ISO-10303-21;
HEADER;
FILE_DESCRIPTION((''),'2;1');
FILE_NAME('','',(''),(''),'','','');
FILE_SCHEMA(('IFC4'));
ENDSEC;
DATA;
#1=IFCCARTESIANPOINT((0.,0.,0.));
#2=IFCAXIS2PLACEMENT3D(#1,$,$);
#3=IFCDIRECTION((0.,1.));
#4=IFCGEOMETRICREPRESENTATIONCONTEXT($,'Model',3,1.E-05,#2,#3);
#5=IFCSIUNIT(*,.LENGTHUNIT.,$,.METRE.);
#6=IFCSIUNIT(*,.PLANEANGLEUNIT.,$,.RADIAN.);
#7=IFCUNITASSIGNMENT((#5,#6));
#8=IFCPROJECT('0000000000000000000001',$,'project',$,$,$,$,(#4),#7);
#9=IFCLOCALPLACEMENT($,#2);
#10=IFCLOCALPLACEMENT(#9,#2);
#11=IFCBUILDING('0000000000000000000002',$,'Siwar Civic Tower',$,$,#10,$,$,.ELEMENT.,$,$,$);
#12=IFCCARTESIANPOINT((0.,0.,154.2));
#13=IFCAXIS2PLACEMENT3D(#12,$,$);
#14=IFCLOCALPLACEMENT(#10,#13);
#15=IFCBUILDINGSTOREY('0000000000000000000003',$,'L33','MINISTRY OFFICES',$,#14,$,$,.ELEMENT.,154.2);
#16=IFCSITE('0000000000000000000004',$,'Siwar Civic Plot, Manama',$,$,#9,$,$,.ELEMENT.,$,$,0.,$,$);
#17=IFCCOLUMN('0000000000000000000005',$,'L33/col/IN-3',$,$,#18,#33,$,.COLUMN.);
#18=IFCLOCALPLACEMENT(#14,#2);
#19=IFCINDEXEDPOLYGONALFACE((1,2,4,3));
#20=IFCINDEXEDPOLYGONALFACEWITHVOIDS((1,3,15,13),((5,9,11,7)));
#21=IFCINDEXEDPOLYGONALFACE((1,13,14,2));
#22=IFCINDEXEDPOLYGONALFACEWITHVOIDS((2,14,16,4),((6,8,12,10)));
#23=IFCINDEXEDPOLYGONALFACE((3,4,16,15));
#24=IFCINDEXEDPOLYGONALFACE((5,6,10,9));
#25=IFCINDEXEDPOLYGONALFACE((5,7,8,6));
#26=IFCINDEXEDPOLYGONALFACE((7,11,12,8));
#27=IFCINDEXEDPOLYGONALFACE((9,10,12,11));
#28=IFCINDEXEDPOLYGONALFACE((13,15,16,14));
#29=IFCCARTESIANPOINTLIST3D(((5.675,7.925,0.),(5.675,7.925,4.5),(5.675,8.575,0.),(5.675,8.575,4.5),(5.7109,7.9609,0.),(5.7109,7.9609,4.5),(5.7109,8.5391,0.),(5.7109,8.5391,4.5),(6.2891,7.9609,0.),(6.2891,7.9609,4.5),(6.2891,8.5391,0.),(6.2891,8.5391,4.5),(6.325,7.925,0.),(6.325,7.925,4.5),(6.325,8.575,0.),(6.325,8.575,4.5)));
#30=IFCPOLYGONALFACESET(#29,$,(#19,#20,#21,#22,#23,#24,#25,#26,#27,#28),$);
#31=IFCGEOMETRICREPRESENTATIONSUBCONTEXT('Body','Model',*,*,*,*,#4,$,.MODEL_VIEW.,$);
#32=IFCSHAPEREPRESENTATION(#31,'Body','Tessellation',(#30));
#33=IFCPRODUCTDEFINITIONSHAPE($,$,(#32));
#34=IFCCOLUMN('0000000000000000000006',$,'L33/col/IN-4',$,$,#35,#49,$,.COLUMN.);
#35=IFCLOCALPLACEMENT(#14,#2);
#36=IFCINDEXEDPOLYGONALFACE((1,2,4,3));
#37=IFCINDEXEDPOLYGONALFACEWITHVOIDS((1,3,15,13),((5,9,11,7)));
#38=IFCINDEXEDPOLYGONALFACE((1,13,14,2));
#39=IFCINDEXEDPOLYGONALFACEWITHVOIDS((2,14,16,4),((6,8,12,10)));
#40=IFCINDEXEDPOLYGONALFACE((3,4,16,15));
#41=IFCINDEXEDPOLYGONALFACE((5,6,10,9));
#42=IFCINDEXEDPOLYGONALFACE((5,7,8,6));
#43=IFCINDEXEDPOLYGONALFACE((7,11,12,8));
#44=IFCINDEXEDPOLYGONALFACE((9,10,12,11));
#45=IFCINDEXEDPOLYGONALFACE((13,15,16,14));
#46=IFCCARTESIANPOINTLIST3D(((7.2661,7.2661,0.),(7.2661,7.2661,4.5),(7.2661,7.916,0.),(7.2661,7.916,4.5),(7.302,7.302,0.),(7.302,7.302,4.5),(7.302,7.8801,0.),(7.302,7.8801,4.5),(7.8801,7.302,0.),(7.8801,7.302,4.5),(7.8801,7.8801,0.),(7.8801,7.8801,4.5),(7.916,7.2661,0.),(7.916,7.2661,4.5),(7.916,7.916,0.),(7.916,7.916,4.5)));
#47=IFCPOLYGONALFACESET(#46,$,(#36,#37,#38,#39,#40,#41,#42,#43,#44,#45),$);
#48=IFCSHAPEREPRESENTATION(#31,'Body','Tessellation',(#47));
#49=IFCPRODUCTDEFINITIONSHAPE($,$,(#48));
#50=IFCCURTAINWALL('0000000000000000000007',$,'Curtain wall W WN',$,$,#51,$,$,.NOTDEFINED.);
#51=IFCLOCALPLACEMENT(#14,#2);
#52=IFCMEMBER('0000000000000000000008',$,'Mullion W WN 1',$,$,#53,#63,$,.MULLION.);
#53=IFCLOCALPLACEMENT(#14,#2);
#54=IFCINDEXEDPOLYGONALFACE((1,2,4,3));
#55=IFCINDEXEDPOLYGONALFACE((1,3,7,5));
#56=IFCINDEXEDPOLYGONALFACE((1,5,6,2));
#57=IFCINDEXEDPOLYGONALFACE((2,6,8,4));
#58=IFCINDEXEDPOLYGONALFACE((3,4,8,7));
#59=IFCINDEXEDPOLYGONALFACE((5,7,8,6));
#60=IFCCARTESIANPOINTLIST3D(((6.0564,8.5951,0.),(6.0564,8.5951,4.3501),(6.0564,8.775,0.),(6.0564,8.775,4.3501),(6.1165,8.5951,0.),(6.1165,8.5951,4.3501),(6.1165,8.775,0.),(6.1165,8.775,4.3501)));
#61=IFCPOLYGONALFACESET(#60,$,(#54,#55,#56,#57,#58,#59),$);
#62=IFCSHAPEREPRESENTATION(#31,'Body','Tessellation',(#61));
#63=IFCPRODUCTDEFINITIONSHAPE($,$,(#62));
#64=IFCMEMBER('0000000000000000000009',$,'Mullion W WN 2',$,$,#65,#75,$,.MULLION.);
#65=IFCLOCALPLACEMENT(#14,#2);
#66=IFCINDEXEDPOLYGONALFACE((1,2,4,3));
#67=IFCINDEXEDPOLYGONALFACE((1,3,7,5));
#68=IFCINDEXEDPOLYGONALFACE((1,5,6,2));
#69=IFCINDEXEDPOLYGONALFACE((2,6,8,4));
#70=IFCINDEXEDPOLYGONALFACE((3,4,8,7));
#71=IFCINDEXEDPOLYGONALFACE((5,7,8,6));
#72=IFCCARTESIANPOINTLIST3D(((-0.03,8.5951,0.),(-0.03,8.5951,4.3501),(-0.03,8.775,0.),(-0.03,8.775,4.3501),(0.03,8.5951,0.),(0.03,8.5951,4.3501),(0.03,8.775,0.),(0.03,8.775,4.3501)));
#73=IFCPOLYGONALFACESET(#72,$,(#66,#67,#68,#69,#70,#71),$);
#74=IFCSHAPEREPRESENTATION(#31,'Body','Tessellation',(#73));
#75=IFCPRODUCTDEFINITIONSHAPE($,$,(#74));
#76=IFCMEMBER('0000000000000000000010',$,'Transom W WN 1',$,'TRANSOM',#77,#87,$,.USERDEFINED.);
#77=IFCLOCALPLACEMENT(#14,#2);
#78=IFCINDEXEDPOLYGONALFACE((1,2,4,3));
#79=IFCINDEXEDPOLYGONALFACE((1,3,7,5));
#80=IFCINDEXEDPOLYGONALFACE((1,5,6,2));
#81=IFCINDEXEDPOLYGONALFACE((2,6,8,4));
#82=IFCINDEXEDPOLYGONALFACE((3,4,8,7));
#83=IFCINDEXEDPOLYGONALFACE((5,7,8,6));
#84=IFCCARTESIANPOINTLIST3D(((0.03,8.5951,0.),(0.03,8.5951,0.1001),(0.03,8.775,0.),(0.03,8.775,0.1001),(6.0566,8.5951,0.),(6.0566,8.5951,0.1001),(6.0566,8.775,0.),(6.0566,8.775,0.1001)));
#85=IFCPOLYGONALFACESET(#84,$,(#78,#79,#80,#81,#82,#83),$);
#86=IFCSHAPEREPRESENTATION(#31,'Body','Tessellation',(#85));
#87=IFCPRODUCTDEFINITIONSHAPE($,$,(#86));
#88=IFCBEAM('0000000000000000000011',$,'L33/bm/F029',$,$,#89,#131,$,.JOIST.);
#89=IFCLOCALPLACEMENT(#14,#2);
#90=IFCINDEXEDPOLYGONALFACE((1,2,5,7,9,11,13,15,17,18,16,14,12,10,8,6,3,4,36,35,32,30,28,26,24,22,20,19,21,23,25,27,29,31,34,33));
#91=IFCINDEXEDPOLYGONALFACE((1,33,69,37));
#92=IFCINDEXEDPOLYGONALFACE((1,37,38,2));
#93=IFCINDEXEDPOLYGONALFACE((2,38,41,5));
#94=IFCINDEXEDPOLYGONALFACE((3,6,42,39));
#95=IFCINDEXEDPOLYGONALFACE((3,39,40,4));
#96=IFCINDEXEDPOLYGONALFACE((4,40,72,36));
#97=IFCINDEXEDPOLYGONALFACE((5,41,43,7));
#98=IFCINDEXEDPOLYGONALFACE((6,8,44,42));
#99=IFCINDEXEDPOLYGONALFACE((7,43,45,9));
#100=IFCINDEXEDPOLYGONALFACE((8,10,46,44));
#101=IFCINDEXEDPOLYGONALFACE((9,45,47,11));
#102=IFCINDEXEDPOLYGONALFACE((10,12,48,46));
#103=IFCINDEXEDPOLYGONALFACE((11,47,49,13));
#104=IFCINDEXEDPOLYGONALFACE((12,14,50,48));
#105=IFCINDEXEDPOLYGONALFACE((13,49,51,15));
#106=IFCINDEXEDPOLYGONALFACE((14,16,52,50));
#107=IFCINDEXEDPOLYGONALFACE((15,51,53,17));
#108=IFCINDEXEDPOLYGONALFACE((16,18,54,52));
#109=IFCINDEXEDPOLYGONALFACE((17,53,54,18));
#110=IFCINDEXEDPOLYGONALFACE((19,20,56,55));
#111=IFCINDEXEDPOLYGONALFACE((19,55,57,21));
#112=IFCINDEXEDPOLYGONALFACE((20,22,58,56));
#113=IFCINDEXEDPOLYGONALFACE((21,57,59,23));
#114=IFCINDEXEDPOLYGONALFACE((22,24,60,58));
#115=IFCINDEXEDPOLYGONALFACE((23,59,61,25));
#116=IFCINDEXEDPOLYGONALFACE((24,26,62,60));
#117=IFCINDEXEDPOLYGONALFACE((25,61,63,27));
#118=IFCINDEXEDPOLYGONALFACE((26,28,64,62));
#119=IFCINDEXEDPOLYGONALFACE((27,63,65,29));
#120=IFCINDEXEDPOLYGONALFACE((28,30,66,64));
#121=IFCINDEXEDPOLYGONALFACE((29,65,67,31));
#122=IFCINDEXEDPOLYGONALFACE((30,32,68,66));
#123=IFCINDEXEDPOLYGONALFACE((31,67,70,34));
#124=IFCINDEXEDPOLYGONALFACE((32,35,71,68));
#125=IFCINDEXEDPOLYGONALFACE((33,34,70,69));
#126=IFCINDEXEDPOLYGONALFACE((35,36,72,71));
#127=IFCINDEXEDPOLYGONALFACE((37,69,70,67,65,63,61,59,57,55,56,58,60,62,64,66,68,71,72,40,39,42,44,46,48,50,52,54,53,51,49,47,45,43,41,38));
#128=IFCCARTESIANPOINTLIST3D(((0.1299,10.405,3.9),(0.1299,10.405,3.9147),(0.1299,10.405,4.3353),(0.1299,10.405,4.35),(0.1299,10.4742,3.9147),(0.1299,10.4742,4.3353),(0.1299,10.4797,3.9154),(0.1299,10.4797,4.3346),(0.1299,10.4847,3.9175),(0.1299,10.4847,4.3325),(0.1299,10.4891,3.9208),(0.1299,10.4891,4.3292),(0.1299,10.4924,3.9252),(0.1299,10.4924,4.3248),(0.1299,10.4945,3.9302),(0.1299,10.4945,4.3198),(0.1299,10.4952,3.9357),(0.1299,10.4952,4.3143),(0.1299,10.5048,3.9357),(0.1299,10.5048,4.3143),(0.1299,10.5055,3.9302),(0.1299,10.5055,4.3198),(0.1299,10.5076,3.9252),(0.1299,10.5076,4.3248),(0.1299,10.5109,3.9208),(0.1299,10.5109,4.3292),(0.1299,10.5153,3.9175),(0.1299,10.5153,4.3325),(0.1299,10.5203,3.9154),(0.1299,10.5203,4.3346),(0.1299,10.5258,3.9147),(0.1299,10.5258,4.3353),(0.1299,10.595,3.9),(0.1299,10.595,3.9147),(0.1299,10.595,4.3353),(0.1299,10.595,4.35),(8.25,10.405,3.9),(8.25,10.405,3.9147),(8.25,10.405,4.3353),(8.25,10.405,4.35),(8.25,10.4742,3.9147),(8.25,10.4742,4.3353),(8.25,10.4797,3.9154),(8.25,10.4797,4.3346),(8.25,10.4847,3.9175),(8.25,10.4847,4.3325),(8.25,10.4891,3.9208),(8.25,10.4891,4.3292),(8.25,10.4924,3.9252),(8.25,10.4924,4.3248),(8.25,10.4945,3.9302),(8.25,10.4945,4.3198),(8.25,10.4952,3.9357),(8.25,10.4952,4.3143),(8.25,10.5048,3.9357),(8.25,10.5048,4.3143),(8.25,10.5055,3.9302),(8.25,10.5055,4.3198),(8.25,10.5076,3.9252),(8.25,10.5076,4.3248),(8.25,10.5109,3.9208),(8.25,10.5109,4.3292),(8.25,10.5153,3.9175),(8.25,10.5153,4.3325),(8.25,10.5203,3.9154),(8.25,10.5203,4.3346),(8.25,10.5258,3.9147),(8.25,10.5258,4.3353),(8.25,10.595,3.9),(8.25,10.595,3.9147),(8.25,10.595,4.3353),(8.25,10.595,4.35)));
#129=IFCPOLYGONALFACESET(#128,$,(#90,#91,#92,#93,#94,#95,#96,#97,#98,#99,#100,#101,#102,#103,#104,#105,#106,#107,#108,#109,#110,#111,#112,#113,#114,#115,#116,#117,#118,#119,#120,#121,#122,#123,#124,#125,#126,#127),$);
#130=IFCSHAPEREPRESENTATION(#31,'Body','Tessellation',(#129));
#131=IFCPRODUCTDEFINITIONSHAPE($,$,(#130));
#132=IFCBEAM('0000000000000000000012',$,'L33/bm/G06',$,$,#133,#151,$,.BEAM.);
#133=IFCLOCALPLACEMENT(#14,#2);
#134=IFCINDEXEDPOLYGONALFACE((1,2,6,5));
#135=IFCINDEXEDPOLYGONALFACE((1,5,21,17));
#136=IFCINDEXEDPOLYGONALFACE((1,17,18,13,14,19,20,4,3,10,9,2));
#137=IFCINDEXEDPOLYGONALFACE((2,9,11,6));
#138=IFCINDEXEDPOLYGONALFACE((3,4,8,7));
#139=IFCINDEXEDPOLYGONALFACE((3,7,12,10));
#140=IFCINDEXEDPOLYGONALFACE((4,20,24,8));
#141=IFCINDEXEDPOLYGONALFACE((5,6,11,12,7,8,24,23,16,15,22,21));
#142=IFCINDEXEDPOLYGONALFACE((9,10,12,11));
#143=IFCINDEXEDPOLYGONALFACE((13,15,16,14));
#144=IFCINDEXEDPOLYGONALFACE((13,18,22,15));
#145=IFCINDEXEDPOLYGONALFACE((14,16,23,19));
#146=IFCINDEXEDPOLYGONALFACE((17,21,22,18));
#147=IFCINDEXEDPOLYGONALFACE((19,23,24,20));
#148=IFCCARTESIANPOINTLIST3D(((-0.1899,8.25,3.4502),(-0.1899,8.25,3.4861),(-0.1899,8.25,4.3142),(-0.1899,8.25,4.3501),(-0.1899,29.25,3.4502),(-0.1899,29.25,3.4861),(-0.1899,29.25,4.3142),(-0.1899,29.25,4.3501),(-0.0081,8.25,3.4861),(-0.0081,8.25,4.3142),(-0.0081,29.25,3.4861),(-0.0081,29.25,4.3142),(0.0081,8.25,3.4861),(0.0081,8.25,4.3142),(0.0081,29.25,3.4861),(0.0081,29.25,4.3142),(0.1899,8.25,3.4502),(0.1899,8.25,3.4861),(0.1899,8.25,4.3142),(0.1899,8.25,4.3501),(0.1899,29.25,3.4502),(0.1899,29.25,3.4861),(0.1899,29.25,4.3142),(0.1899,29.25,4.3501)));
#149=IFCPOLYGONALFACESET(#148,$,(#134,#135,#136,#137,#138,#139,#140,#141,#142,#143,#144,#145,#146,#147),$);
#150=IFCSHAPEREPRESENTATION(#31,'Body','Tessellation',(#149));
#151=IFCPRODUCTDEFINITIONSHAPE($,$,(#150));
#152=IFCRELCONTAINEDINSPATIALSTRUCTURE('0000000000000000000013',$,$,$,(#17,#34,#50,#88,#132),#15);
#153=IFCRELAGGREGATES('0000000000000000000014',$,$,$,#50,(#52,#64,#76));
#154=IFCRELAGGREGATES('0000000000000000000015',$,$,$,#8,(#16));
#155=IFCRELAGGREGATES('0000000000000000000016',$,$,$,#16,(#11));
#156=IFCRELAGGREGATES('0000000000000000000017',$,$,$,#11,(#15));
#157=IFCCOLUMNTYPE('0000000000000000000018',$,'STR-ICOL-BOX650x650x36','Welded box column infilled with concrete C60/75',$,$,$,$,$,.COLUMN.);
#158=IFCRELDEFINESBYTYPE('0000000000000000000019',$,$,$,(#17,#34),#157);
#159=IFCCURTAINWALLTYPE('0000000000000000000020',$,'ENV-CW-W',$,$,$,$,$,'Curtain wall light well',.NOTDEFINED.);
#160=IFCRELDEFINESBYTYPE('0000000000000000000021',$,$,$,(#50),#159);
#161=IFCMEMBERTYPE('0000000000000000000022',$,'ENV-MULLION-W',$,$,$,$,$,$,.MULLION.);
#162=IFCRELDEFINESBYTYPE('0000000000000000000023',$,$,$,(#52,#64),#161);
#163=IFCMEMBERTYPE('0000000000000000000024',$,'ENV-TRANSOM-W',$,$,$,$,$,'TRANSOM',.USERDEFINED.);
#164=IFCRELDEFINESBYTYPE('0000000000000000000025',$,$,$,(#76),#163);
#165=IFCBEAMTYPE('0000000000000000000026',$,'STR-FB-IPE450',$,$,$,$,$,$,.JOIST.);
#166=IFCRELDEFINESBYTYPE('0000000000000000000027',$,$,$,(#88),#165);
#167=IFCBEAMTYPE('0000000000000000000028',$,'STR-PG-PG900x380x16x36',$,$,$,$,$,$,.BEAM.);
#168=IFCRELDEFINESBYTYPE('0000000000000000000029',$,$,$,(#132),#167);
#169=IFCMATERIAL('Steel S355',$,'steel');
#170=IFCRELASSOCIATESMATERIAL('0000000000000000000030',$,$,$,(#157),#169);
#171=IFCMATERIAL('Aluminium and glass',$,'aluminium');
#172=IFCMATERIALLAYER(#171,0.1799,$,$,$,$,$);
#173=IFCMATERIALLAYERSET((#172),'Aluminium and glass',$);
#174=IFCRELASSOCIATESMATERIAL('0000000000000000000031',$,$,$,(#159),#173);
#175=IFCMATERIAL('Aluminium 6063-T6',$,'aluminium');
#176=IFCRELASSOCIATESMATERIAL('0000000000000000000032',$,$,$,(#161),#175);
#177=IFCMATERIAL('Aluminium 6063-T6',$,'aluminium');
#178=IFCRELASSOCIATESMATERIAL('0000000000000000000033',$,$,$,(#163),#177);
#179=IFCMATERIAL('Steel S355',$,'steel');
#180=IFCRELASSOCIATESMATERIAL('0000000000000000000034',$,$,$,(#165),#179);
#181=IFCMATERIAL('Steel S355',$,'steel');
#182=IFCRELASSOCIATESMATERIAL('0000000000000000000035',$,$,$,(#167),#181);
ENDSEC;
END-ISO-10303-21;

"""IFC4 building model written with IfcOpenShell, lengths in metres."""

from ifc_helpers import new_model, si_unit, direction, frame, origin, origin_2d, place, context, subcontext, project, spatial, rectangle, hollow_rectangle, i_section, extrude, material, layer, layer_set, material_profile, profile_set, type_object, element, aggregate, save


model = new_model("IFC4")

# Units and contexts
model_context = context("Model", 3, precision=1e-05, world=origin(), true_north=direction((0.0, 1.0)))
body_context = subcontext(model_context, "Body", "Model", "MODEL_VIEW")
ifc_project = project(units=[si_unit("LENGTHUNIT", "METRE"), si_unit("PLANEANGLEUNIT", "RADIAN")], contexts=[model_context])

# Site, building, storey
site_placement = place(None, origin())
site = spatial("IfcSite", under=ifc_project, at=site_placement, Name="Siwar Civic Plot, Manama", CompositionType="ELEMENT", RefElevation=0.0)
building_placement = place(site_placement, origin())
building = spatial("IfcBuilding", under=site, at=building_placement, Name="Siwar Civic Tower", CompositionType="ELEMENT")
storey_placement = place(building_placement, frame((0.0, 0.0, 154.2)))
storey = spatial("IfcBuildingStorey", under=building, at=storey_placement, Name="L33", Description="MINISTRY OFFICES", CompositionType="ELEMENT", Elevation=154.2)

# Columns
ifc_material_1 = material(Name="Steel S355", Category="steel")
ifc_material_profile_1 = material_profile(ifc_material_1, hollow_rectangle(XDim=0.6499, YDim=0.6499, WallThickness=0.0359, at=origin_2d()), Name="BOX650x650x36")
ifc_profile_set_1 = profile_set([ifc_material_profile_1], Name="Steel S355")
column_type = type_object("IfcColumnType", Name="STR-ICOL-BOX650x650x36", Description="Welded box column infilled with concrete C60/75", PredefinedType="COLUMN", material=ifc_profile_set_1)
for number, where, z_axis, x_axis, name in (
    (1, (6.0, 8.25, 0.0), (0.0, 0.0, 1.0), (1.0, 0.0, 0.0), "L33/col/IN-3"),
    (2, (7.5911, 7.5911, 0.0), (0.0, 0.0, 1.0), (1.0, 0.0, 0.0), "L33/col/IN-4"),
):
    element("IfcColumn", number, at=place(storey_placement, frame(where, z_axis=z_axis, x_axis=x_axis)), inside=storey, type_object=column_type, Name=name, PredefinedType="COLUMN", context=body_context, shape_type="SweptSolid", body=[
        extrude(hollow_rectangle(XDim=0.6499, YDim=0.6499, WallThickness=0.0359, at=origin_2d()), origin(), (0.0, 0.0, 1.0), 4.5),
    ])

# Curtain wall, members
ifc_material_2 = material(Name="Aluminium and glass", Category="aluminium")
ifc_layer_1 = layer(ifc_material_2, 0.1799)
ifc_layer_set_1 = layer_set([ifc_layer_1], Name="Aluminium and glass")
curtain_wall_type = type_object("IfcCurtainWallType", Name="ENV-CW-W", ElementType="Curtain wall light well", PredefinedType="NOTDEFINED", material=ifc_layer_set_1)
curtain_wall_placement = place(storey_placement, origin())
curtain_wall = element("IfcCurtainWall", 3, at=curtain_wall_placement, inside=storey, type_object=curtain_wall_type, Name="Curtain wall W WN", PredefinedType="NOTDEFINED")
ifc_material_3 = material(Name="Aluminium 6063-T6", Category="aluminium")
ifc_material_profile_2 = material_profile(ifc_material_3, rectangle(XDim=0.1799, YDim=0.0601, at=origin_2d()), Name="AL 180x60")
ifc_profile_set_2 = profile_set([ifc_material_profile_2], Name="Aluminium 6063-T6")
member_type_1 = type_object("IfcMemberType", Name="ENV-MULLION-W", PredefinedType="MULLION", material=ifc_profile_set_2)
member_1_placement = place(storey_placement, frame((6.0864, 8.6851, 0.0), z_axis=(0.0, 0.0, 1.0), x_axis=(0.0, -1.0, 0.0)))
member_1 = element("IfcMember", 4, at=member_1_placement, type_object=member_type_1, Name="Mullion W WN 1", PredefinedType="MULLION", context=body_context, shape_type="SweptSolid", body=[
    extrude(rectangle(XDim=0.1799, YDim=0.0601, at=origin_2d()), origin(), (0.0, 0.0, 1.0), 4.3501),
])
member_2_placement = place(storey_placement, frame((0.0, 8.6851, 0.0), z_axis=(0.0, 0.0, 1.0), x_axis=(0.0, -1.0, 0.0)))
member_2 = element("IfcMember", 5, at=member_2_placement, type_object=member_type_1, Name="Mullion W WN 2", PredefinedType="MULLION", context=body_context, shape_type="SweptSolid", body=[
    extrude(rectangle(XDim=0.1799, YDim=0.0601, at=origin_2d()), origin(), (0.0, 0.0, 1.0), 4.3501),
])
ifc_material_4 = material(Name="Aluminium 6063-T6", Category="aluminium")
ifc_material_profile_3 = material_profile(ifc_material_4, rectangle(XDim=0.1799, YDim=0.1001, at=origin_2d()), Name="AL 180x100")
ifc_profile_set_3 = profile_set([ifc_material_profile_3], Name="Aluminium 6063-T6")
member_type_2 = type_object("IfcMemberType", Name="ENV-TRANSOM-W", ElementType="TRANSOM", PredefinedType="USERDEFINED", material=ifc_profile_set_3)
member_3_placement = place(storey_placement, frame((6.0566, 8.6851, 0.05), z_axis=(-1.0, 0.0, 0.0), x_axis=(0.0, -1.0, 0.0)))
member_3 = element("IfcMember", 6, at=member_3_placement, type_object=member_type_2, Name="Transom W WN 1", ObjectType="TRANSOM", PredefinedType="USERDEFINED", context=body_context, shape_type="SweptSolid", body=[
    extrude(rectangle(XDim=0.1799, YDim=0.1001, at=origin_2d()), origin(), (0.0, 0.0, 1.0), 6.0266),
])

# Beams
ifc_material_5 = material(Name="Steel S355", Category="steel")
ifc_material_profile_4 = material_profile(ifc_material_5, i_section(OverallWidth=0.1899, OverallDepth=0.45, WebThickness=0.0095, FlangeThickness=0.0146, FilletRadius=0.021, at=origin_2d()), Name="IPE450")
ifc_profile_set_4 = profile_set([ifc_material_profile_4], Name="Steel S355")
beam_type_1 = type_object("IfcBeamType", Name="STR-FB-IPE450", PredefinedType="JOIST", material=ifc_profile_set_4)
beam_1_placement = place(storey_placement, frame((0.1299, 10.5, 4.125), z_axis=(1.0, 0.0, 0.0), x_axis=(0.0, 1.0, 0.0)))
element("IfcBeam", 7, at=beam_1_placement, inside=storey, type_object=beam_type_1, Name="L33/bm/F029", PredefinedType="JOIST", context=body_context, shape_type="SweptSolid", body=[
    extrude(i_section(OverallWidth=0.1899, OverallDepth=0.45, WebThickness=0.0095, FlangeThickness=0.0146, FilletRadius=0.021, at=origin_2d()), origin(), (0.0, 0.0, 1.0), 8.1201),
])
ifc_material_6 = material(Name="Steel S355", Category="steel")
ifc_material_profile_5 = material_profile(ifc_material_6, i_section(OverallWidth=0.3799, OverallDepth=0.8999, WebThickness=0.0161, FlangeThickness=0.0359, at=origin_2d()), Name="PG900x380x16x36")
ifc_profile_set_5 = profile_set([ifc_material_profile_5], Name="Steel S355")
beam_type_2 = type_object("IfcBeamType", Name="STR-PG-PG900x380x16x36", PredefinedType="BEAM", material=ifc_profile_set_5)
beam_2_placement = place(storey_placement, frame((0.0, 8.25, 3.9001), z_axis=(0.0, 1.0, 0.0), x_axis=(-1.0, 0.0, 0.0)))
element("IfcBeam", 8, at=beam_2_placement, inside=storey, type_object=beam_type_2, Name="L33/bm/G06", PredefinedType="BEAM", context=body_context, shape_type="SweptSolid", body=[
    extrude(i_section(OverallWidth=0.3799, OverallDepth=0.8999, WebThickness=0.0161, FlangeThickness=0.0359, at=origin_2d()), origin(), (0.0, 0.0, 1.0), 21.0),
])

aggregate(curtain_wall, [member_1, member_2, member_3])

save(model, "model.ifc")
